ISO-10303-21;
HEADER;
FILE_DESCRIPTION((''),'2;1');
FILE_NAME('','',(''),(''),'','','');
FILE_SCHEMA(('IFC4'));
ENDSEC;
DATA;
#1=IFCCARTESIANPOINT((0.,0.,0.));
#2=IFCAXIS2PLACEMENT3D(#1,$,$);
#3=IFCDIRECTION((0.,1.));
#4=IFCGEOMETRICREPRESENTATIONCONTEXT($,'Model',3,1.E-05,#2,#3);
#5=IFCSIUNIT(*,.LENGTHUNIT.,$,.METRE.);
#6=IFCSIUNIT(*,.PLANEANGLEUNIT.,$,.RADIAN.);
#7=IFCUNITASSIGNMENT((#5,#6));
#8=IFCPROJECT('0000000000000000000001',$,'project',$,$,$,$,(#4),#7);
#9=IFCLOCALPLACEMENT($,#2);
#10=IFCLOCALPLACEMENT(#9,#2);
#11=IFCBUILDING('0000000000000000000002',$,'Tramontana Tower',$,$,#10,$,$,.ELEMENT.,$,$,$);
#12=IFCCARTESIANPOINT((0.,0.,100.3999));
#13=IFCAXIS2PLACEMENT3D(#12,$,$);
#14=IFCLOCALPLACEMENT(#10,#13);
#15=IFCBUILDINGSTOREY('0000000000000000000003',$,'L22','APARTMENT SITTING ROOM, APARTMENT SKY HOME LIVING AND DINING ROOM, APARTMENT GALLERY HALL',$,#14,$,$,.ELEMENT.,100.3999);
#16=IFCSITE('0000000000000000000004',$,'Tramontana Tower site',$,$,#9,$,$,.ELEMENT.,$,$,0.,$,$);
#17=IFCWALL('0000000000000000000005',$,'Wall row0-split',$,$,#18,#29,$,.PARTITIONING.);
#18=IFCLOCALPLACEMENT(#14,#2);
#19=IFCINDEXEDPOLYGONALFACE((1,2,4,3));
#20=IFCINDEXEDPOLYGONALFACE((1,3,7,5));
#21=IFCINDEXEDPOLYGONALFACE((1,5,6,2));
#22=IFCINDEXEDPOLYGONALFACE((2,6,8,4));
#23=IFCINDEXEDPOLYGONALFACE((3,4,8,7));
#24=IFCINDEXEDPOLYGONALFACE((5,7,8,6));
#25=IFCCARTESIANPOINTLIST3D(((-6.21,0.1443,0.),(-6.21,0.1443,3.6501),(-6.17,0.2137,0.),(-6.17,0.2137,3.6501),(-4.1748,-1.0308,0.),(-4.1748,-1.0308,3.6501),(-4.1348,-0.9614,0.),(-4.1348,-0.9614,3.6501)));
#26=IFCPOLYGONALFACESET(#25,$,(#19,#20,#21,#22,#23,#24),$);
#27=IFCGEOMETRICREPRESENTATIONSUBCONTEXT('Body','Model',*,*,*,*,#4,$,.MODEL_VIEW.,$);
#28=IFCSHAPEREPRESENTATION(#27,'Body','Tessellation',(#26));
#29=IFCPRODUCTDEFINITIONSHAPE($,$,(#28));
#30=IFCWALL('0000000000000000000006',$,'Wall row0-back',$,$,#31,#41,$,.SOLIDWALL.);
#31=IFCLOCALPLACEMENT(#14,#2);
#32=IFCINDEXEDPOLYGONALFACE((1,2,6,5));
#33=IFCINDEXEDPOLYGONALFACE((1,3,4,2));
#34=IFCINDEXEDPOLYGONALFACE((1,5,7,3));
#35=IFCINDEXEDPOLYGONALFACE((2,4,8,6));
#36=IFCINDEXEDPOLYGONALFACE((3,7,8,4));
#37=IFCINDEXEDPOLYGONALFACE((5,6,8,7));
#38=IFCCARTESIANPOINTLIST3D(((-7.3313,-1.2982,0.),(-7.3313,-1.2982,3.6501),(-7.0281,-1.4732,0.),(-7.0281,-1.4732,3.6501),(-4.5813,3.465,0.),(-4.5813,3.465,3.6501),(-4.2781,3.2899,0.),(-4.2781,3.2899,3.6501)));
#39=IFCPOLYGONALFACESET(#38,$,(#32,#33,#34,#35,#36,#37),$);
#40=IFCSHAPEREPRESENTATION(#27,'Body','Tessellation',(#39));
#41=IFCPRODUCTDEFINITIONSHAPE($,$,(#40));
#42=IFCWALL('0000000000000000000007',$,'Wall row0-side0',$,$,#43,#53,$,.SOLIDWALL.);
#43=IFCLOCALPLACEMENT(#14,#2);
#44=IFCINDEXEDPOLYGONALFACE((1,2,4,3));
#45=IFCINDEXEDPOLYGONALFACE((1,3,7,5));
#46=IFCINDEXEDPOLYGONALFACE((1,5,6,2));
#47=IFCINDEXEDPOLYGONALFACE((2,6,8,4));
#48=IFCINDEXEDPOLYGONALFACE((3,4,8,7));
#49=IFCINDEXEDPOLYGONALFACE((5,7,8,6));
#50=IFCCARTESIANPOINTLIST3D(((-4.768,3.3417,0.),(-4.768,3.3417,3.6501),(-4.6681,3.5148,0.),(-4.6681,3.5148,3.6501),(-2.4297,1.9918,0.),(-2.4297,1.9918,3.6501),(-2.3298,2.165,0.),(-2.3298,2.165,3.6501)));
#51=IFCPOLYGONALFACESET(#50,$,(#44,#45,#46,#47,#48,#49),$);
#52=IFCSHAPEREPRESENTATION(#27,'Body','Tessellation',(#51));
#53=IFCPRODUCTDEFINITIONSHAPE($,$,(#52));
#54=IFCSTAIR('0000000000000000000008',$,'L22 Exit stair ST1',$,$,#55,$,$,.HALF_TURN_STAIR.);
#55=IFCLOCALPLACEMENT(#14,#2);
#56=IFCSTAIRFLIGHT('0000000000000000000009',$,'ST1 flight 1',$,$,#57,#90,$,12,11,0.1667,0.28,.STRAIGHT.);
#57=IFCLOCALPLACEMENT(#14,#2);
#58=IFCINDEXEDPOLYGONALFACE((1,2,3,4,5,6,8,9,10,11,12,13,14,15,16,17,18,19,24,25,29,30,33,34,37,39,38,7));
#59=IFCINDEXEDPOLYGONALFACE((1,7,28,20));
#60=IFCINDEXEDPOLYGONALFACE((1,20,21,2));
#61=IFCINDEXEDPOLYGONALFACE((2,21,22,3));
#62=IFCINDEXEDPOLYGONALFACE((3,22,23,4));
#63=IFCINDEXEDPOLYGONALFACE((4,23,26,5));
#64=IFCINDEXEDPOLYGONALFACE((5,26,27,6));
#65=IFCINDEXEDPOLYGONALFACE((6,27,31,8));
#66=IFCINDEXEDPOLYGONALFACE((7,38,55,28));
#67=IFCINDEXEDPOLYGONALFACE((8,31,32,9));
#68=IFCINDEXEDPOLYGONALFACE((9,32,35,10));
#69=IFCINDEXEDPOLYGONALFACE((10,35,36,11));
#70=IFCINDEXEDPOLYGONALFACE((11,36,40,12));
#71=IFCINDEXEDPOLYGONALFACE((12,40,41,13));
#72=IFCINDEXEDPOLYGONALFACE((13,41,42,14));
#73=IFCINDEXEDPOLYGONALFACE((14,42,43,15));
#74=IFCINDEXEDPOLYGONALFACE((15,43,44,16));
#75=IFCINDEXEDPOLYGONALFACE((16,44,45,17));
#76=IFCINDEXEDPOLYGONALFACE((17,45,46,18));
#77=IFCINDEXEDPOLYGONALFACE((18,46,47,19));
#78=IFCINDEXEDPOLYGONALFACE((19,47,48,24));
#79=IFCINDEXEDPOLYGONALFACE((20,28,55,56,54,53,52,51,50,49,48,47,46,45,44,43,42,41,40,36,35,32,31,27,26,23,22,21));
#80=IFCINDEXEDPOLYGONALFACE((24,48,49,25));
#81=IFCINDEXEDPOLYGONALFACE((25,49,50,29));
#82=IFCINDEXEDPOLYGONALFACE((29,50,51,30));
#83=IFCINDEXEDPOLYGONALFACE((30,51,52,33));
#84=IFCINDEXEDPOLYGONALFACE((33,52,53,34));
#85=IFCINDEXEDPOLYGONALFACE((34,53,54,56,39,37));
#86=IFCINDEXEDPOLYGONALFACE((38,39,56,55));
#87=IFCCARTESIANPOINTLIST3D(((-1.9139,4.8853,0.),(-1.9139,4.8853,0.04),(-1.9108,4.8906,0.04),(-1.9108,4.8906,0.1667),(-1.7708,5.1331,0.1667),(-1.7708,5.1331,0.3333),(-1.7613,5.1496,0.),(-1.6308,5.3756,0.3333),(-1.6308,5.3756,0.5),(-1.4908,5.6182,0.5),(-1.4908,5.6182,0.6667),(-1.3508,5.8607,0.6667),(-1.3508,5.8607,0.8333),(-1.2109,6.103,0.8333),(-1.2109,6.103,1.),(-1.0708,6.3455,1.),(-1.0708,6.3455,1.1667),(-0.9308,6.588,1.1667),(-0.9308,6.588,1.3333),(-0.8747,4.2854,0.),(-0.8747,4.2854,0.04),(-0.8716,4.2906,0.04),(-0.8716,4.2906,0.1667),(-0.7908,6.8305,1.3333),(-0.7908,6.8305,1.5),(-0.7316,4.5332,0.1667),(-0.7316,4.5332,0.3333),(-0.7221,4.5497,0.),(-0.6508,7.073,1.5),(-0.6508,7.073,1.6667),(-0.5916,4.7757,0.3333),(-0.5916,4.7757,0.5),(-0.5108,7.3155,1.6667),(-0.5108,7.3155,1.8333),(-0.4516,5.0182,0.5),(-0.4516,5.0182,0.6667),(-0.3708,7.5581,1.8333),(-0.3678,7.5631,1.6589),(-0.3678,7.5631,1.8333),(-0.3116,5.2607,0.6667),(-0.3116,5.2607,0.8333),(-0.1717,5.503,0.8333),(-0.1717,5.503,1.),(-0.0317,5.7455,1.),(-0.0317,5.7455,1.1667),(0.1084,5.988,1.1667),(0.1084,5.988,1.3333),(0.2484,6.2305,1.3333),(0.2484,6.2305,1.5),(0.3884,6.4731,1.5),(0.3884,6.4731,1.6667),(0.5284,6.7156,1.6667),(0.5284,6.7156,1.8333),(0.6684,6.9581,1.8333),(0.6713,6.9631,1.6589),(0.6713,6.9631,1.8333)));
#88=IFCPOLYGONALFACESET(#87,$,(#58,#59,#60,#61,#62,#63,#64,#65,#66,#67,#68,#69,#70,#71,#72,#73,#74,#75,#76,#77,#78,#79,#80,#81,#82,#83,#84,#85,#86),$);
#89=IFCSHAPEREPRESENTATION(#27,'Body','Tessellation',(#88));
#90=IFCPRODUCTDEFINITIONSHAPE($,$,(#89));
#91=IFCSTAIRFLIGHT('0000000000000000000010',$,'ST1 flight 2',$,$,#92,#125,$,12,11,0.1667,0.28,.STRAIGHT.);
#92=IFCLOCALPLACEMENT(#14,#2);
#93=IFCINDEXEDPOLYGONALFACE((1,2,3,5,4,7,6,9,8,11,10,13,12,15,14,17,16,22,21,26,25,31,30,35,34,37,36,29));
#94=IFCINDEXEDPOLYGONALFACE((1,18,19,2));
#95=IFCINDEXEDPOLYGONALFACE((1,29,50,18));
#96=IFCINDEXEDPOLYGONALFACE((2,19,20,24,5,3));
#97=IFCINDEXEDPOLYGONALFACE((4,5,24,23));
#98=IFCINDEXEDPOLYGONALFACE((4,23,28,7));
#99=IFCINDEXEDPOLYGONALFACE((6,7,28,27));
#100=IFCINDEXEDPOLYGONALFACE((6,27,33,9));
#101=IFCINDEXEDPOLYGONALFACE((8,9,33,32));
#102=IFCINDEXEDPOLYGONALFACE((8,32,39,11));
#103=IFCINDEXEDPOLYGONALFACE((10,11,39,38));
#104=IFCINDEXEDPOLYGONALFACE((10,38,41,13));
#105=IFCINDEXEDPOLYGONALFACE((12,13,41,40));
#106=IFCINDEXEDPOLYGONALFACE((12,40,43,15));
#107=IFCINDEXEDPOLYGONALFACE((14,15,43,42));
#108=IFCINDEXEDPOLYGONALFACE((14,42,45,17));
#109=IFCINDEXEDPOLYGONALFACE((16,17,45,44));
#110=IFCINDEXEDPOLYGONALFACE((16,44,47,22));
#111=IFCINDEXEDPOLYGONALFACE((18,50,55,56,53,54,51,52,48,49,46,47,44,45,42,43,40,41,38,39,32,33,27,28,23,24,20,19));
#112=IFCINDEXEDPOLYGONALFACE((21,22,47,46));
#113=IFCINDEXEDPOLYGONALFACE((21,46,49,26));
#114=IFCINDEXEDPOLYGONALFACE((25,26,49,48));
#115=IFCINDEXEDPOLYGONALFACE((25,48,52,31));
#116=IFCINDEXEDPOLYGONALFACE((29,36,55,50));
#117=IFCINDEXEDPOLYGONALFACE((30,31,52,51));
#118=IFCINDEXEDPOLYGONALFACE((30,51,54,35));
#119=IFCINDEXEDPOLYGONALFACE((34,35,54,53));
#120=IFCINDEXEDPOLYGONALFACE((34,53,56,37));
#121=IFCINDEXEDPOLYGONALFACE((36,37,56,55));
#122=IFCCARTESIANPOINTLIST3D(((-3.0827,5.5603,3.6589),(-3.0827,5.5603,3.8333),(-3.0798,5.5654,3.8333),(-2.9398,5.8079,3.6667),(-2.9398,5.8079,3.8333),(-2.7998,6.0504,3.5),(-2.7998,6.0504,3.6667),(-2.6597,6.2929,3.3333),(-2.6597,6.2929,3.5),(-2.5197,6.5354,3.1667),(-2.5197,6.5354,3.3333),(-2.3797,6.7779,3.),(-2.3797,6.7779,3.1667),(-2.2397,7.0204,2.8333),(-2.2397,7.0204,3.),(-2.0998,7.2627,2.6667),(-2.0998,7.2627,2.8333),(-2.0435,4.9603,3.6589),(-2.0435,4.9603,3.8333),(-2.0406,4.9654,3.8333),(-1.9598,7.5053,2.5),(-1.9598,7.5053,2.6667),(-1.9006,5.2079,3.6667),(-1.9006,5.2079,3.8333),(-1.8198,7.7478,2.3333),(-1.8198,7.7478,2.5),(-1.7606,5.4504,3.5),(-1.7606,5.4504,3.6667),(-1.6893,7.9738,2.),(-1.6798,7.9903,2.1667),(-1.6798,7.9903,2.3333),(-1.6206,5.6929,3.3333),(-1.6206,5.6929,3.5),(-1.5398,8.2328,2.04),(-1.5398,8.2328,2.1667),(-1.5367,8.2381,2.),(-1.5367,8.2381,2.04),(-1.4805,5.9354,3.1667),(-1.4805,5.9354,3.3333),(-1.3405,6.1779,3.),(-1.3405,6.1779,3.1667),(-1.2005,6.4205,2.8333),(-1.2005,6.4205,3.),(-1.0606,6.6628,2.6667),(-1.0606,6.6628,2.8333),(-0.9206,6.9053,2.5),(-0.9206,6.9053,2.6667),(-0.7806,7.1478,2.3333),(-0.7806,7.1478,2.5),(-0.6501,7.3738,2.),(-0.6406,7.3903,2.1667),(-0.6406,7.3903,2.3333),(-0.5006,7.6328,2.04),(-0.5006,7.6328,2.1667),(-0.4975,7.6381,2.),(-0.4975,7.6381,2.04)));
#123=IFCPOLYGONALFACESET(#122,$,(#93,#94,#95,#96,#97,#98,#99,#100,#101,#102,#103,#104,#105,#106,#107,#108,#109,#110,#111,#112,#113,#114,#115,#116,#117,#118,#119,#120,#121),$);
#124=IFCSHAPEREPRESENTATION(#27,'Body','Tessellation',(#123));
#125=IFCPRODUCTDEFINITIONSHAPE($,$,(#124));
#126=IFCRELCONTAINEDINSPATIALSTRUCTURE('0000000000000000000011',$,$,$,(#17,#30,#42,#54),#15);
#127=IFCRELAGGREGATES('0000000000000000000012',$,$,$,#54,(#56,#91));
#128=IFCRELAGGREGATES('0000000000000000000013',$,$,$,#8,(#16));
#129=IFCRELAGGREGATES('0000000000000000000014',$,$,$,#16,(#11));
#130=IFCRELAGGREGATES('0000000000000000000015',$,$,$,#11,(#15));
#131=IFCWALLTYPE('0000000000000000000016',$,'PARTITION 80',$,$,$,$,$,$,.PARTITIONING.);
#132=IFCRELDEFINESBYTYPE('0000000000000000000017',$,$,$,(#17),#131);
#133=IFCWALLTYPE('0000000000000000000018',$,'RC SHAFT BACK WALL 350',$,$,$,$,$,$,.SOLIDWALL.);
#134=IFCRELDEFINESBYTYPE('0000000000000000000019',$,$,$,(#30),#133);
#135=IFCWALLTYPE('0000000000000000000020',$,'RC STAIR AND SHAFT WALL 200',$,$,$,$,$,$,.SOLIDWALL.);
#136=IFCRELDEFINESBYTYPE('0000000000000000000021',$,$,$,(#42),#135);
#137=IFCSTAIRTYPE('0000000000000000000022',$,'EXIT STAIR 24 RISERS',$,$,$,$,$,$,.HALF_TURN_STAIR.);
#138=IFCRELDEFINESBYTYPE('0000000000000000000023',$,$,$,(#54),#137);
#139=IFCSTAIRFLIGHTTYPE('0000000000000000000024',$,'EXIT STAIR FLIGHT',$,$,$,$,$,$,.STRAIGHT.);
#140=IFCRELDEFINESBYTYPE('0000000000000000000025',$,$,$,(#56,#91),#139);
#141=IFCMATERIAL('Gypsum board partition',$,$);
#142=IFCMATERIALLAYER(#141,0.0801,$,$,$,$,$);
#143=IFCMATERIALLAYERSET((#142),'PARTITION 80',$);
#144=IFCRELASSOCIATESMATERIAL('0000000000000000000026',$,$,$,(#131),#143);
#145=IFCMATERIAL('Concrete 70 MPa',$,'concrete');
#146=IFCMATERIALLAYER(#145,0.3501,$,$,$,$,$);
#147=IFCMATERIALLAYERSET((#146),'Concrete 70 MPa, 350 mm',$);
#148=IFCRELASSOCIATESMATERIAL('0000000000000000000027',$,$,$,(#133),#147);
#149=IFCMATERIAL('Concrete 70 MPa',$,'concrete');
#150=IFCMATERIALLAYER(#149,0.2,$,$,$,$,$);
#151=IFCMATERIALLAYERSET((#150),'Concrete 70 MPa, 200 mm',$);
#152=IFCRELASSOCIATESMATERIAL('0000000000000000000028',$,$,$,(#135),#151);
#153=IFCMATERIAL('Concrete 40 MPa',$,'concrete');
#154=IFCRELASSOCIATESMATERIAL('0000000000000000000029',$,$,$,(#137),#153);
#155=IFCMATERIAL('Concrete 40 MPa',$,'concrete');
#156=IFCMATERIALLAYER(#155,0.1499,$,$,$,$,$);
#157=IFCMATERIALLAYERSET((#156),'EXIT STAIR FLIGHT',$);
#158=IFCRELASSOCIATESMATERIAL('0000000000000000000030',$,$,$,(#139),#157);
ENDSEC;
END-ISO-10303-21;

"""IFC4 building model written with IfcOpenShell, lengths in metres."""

from ifc_helpers import new_model, si_unit, direction, frame, frame_2d, origin, place, context, subcontext, project, spatial, polyline, rectangle, outline, extrude, material, layer, layer_set, type_object, element, aggregate, save


model = new_model("IFC4")

# Units and contexts
model_context = context("Model", 3, precision=1e-05, world=origin(), true_north=direction((0.0, 1.0)))
body_context = subcontext(model_context, "Body", "Model", "MODEL_VIEW")
ifc_project = project(units=[si_unit("LENGTHUNIT", "METRE"), si_unit("PLANEANGLEUNIT", "RADIAN")], contexts=[model_context])

# Site, building, storey
site_placement = place(None, origin())
site = spatial("IfcSite", under=ifc_project, at=site_placement, Name="Tramontana Tower site", CompositionType="ELEMENT", RefElevation=0.0)
building_placement = place(site_placement, origin())
building = spatial("IfcBuilding", under=site, at=building_placement, Name="Tramontana Tower", CompositionType="ELEMENT")
storey_placement = place(building_placement, frame((0.0, 0.0, 100.3999)))
storey = spatial("IfcBuildingStorey", under=building, at=storey_placement, Name="L22", Description="APARTMENT SITTING ROOM, APARTMENT SKY HOME LIVING AND DINING ROOM, APARTMENT GALLERY HALL", CompositionType="ELEMENT", Elevation=100.3999)

# Walls
ifc_material_1 = material(Name="Gypsum board partition")
ifc_layer_1 = layer(ifc_material_1, 0.0801)
ifc_layer_set_1 = layer_set([ifc_layer_1], Name="PARTITION 80")
wall_type_1 = type_object("IfcWallType", Name="PARTITION 80", PredefinedType="PARTITIONING", material=ifc_layer_set_1)
wall_1_placement = place(storey_placement, frame((-4.1548, -0.9961, 0.0), z_axis=(0.0, 0.0, 1.0), x_axis=(-0.866016, 0.500016, 0.0)))
element("IfcWall", 1, at=wall_1_placement, inside=storey, type_object=wall_type_1, Name="Wall row0-split", PredefinedType="PARTITIONING", context=body_context, shape_type="SweptSolid", body=[
    extrude(rectangle(XDim=2.3501, YDim=0.0801, at=frame_2d((1.175, 0.0))), origin(), (0.0, 0.0, 1.0), 3.6501),
])
ifc_material_2 = material(Name="Concrete 70 MPa", Category="concrete")
ifc_layer_2 = layer(ifc_material_2, 0.3501)
ifc_layer_set_2 = layer_set([ifc_layer_2], Name="Concrete 70 MPa, 350 mm")
wall_type_2 = type_object("IfcWallType", Name="RC SHAFT BACK WALL 350", PredefinedType="SOLIDWALL", material=ifc_layer_set_2)
wall_2_placement = place(storey_placement, frame((-4.4297, 3.3774, 0.0), z_axis=(0.0, 0.0, 1.0), x_axis=(-0.499997, -0.866027, 0.0)))
element("IfcWall", 2, at=wall_2_placement, inside=storey, type_object=wall_type_2, Name="Wall row0-back", PredefinedType="SOLIDWALL", context=body_context, shape_type="SweptSolid", body=[
    extrude(rectangle(XDim=5.5, YDim=0.3501, at=frame_2d((2.75, 0.0))), origin(), (0.0, 0.0, 1.0), 3.6501),
])

# Shared definitions
ifc_material_3 = material(Name="Concrete 70 MPa", Category="concrete")
ifc_layer_3 = layer(ifc_material_3, 0.2)
ifc_layer_set_3 = layer_set([ifc_layer_3], Name="Concrete 70 MPa, 200 mm")
wall_type_3 = type_object("IfcWallType", Name="RC STAIR AND SHAFT WALL 200", PredefinedType="SOLIDWALL", material=ifc_layer_set_3)

# Wall
wall_3_placement = place(storey_placement, frame((-2.3796, 2.0784, 0.0), z_axis=(0.0, 0.0, 1.0), x_axis=(-0.866059, 0.499942, 0.0)))
element("IfcWall", 3, at=wall_3_placement, inside=storey, type_object=wall_type_3, Name="Wall row0-side0", PredefinedType="SOLIDWALL", context=body_context, shape_type="SweptSolid", body=[
    extrude(rectangle(XDim=2.7, YDim=0.2, at=frame_2d((1.3501, 0.0))), origin(), (0.0, 0.0, 1.0), 3.6501),
])

# Stair, stair flights
ifc_material_4 = material(Name="Concrete 40 MPa", Category="concrete")
stair_type = type_object("IfcStairType", Name="EXIT STAIR 24 RISERS", PredefinedType="HALF_TURN_STAIR", material=ifc_material_4)
stair_placement = place(storey_placement, origin())
stair = element("IfcStair", 4, at=stair_placement, inside=storey, type_object=stair_type, Name="L22 Exit stair ST1", PredefinedType="HALF_TURN_STAIR")
ifc_material_5 = material(Name="Concrete 40 MPa", Category="concrete")
ifc_layer_4 = layer(ifc_material_5, 0.1499)
ifc_layer_set_4 = layer_set([ifc_layer_4], Name="EXIT STAIR FLIGHT")
stair_flight_type = type_object("IfcStairFlightType", Name="EXIT STAIR FLIGHT", PredefinedType="STRAIGHT", material=ifc_layer_set_4)
stair_flight_1_placement = place(storey_placement, frame((-1.3911, 4.5906, 0.0), z_axis=(0.0, 0.0, 1.0), x_axis=(0.5, 0.866025, 0.0)))
stair_flight_1 = element("IfcStairFlight", 5, at=stair_flight_1_placement, type_object=stair_flight_type, Name="ST1 flight 1", NumberOfRisers=12, NumberOfTreads=11, PredefinedType="STRAIGHT", RiserHeight=0.1667, TreadLength=0.28, context=body_context, shape_type="SweptSolid", body=[
    extrude(outline(polyline([(-0.0061, 0.0), (-0.0061, 0.04), (0.0, 0.04), (0.0, 0.1667), (0.28, 0.1667), (0.28, 0.3333), (0.5601, 0.3333), (0.5601, 0.5), (0.8401, 0.5), (0.8401, 0.6667), (1.1201, 0.6667), (1.1201, 0.8333), (1.3999, 0.8333), (1.3999, 1.0), (1.6799, 1.0), (1.6799, 1.1667), (1.96, 1.1667), (1.96, 1.3333), (2.24, 1.3333), (2.24, 1.5), (2.52, 1.5), (2.52, 1.6667), (2.8, 1.6667), (2.8, 1.8333), (3.0801, 1.8333), (3.0859, 1.8333), (3.0859, 1.6589), (0.2991, 0.0), (-0.0061, 0.0)])), frame((0.0, 0.6001, 0.0), z_axis=(0.0, -1.0, 0.0), x_axis=(1.0, 0.0, 0.0)), (0.0, 0.0, 1.0), 1.2),
])
stair_flight_2_placement = place(storey_placement, frame((-1.0203, 7.9329, 2.0), z_axis=(0.0, 0.0, 1.0), x_axis=(-0.5, -0.866025, 0.0)))
stair_flight_2 = element("IfcStairFlight", 6, at=stair_flight_2_placement, type_object=stair_flight_type, Name="ST1 flight 2", NumberOfRisers=12, NumberOfTreads=11, PredefinedType="STRAIGHT", RiserHeight=0.1667, TreadLength=0.28, context=body_context, shape_type="SweptSolid", body=[
    extrude(outline(polyline([(-0.0061, 0.0), (-0.0061, 0.04), (0.0, 0.04), (0.0, 0.1667), (0.28, 0.1667), (0.28, 0.3333), (0.5601, 0.3333), (0.5601, 0.5), (0.8401, 0.5), (0.8401, 0.6667), (1.1201, 0.6667), (1.1201, 0.8333), (1.3999, 0.8333), (1.3999, 1.0), (1.6799, 1.0), (1.6799, 1.1667), (1.96, 1.1667), (1.96, 1.3333), (2.24, 1.3333), (2.24, 1.5), (2.52, 1.5), (2.52, 1.6667), (2.8, 1.6667), (2.8, 1.8333), (3.0801, 1.8333), (3.0859, 1.8333), (3.0859, 1.6589), (0.2991, 0.0), (-0.0061, 0.0)])), frame((0.0, 0.6001, 0.0), z_axis=(0.0, -1.0, 0.0), x_axis=(1.0, 0.0, 0.0)), (0.0, 0.0, 1.0), 1.2),
])
aggregate(stair, [stair_flight_1, stair_flight_2])

save(model, "model.ifc")
